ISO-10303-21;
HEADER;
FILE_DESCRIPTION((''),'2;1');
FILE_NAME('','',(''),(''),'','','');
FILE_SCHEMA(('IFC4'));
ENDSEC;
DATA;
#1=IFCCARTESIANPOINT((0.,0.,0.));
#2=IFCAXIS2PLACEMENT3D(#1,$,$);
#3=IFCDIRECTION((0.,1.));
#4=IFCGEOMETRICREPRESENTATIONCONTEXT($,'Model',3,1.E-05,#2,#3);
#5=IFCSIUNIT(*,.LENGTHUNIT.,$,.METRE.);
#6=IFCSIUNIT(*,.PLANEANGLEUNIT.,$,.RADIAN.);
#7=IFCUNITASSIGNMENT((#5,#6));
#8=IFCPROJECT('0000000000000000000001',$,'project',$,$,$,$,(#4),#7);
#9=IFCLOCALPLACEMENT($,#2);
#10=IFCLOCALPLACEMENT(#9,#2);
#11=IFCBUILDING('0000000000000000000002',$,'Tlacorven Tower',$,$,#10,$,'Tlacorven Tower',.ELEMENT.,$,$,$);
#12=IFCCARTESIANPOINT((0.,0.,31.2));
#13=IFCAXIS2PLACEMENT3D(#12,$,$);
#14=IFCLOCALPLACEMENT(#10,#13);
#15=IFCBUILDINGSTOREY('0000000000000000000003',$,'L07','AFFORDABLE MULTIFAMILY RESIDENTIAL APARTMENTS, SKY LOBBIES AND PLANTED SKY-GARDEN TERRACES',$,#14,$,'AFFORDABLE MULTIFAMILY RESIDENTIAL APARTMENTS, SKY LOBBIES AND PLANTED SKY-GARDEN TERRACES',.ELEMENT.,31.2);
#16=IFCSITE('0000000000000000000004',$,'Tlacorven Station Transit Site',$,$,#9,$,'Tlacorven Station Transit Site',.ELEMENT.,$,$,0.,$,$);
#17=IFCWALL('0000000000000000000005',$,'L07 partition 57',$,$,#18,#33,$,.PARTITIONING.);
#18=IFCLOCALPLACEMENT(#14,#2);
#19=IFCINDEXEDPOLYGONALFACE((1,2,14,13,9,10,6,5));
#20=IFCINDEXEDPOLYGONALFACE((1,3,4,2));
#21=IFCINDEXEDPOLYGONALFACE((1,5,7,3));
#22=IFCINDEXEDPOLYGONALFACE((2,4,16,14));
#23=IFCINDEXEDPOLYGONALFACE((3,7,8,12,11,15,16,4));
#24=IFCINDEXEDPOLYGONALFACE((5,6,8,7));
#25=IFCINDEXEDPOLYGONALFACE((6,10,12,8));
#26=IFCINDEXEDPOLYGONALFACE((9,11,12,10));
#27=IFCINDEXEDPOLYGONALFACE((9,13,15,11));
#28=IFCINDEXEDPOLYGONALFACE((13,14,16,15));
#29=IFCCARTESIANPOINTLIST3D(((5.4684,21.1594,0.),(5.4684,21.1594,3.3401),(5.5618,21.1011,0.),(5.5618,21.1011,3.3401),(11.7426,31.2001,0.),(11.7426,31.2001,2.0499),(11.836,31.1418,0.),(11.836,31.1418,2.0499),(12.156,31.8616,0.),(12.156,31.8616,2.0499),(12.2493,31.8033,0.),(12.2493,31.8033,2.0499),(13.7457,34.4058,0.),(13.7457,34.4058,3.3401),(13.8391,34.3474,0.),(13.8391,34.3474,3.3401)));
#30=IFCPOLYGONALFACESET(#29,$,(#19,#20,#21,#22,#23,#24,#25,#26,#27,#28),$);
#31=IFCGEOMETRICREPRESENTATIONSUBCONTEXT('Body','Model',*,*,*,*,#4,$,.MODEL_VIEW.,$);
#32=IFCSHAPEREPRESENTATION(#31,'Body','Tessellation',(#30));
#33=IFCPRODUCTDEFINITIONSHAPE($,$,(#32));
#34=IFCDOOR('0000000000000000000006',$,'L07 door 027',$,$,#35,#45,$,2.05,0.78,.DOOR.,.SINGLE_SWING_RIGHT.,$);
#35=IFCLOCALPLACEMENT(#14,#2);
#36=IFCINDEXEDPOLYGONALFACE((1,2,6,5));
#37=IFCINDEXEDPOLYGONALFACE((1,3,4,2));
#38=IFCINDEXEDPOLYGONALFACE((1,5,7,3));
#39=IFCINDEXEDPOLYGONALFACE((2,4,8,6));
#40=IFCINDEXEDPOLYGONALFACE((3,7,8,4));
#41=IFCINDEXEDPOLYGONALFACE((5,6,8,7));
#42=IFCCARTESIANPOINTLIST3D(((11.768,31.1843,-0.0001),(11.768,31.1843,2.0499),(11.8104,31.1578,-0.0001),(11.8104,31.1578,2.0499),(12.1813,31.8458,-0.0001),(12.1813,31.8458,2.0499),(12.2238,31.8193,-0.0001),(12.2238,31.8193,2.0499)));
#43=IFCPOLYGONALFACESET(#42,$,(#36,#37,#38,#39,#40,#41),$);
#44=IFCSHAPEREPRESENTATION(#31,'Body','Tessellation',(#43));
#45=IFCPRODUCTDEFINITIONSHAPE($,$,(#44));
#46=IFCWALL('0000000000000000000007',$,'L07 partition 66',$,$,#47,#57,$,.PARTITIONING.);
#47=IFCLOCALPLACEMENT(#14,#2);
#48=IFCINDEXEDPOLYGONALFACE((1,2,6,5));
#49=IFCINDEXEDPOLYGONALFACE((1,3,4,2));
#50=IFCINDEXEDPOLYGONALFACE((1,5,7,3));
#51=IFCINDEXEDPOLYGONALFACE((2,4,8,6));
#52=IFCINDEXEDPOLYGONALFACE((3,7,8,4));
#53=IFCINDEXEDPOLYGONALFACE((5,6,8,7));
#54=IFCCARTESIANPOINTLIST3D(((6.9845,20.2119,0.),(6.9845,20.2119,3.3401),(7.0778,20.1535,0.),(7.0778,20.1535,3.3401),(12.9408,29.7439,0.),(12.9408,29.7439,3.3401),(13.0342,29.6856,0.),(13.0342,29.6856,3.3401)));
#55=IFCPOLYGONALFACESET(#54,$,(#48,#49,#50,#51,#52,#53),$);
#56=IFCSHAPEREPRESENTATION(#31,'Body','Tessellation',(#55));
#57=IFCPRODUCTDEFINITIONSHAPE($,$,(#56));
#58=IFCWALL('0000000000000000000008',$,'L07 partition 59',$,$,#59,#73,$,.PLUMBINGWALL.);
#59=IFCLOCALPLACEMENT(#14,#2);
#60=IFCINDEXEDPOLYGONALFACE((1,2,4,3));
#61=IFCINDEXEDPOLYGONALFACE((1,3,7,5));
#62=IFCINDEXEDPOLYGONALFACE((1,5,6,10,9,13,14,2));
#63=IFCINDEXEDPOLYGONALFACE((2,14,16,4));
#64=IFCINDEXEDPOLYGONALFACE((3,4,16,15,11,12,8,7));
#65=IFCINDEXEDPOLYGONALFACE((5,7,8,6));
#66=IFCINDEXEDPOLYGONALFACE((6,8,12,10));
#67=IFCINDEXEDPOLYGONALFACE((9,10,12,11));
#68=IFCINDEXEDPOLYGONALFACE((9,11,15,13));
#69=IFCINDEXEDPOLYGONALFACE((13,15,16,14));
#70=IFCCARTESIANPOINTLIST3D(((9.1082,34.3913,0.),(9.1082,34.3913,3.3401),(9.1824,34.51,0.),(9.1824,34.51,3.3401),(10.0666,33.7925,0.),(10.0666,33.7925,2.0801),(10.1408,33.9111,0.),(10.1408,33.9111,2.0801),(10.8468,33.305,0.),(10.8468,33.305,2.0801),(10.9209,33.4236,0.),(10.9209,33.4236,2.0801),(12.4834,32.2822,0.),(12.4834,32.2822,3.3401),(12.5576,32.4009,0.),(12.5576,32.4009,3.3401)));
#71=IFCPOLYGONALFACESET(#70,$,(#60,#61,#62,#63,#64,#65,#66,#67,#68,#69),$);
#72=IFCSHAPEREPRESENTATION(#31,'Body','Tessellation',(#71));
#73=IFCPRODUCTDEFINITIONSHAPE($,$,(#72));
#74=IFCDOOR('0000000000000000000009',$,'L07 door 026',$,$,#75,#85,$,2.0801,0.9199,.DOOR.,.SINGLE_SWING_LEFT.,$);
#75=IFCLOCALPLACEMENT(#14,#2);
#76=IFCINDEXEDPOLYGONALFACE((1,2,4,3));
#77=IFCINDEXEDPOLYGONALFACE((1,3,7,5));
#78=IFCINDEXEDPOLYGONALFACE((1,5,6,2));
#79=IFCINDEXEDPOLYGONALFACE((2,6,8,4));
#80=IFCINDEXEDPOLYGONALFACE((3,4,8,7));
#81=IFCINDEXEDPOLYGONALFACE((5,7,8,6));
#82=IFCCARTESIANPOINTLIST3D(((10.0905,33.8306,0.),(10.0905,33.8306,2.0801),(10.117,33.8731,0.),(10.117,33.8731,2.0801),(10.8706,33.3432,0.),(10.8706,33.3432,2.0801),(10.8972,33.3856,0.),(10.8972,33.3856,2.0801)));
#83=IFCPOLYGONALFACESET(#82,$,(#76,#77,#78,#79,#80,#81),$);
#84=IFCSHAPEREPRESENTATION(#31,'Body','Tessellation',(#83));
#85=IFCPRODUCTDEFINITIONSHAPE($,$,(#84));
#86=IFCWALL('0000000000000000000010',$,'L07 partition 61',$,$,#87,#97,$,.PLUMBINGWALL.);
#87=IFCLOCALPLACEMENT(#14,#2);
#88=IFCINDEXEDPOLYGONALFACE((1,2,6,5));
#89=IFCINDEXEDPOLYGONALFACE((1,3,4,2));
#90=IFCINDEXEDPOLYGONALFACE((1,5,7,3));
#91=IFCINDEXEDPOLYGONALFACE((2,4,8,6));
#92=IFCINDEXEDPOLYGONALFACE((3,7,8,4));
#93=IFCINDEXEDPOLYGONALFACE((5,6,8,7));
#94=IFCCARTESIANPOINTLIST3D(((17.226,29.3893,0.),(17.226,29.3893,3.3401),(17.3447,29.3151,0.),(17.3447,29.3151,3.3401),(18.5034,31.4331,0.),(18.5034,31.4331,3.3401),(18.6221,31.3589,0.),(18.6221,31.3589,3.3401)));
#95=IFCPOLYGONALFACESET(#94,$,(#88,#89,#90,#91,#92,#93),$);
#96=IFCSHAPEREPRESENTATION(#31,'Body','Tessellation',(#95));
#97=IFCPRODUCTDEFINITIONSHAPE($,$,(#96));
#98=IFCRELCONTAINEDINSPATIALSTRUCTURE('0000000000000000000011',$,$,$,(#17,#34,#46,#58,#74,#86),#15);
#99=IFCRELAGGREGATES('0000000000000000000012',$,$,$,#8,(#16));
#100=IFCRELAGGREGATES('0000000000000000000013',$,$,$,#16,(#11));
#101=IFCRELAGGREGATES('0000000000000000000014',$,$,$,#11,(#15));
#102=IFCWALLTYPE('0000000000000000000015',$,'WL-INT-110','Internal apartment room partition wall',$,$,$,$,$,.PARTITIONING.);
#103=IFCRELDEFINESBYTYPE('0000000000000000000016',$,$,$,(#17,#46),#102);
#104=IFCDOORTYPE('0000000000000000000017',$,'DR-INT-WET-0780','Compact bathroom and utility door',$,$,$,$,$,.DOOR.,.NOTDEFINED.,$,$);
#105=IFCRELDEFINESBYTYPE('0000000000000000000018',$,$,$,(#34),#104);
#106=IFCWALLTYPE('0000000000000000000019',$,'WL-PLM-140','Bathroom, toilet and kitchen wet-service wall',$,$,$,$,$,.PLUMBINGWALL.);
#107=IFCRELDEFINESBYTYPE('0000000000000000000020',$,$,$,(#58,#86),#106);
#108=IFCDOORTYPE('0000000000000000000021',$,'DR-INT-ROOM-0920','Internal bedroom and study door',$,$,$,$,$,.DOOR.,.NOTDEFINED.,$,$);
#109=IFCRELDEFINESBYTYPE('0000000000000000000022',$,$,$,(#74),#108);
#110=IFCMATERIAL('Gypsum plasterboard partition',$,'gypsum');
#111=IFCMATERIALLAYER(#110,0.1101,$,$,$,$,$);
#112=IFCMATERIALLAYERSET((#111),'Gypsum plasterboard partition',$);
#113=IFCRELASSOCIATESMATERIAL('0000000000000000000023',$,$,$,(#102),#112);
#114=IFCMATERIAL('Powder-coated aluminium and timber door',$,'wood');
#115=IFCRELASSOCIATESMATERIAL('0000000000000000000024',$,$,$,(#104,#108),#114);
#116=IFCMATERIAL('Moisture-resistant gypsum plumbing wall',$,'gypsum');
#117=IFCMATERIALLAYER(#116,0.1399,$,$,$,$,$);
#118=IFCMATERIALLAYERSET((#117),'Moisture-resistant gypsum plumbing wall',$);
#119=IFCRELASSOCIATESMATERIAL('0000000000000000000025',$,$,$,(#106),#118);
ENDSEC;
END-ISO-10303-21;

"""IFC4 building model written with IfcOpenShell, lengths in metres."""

from ifc_helpers import new_model, si_unit, direction, frame, frame_2d, origin, place, context, subcontext, project, spatial, rectangle, extrude, source, transform, mapped, material, layer, layer_set, type_object, element, fill, save


model = new_model("IFC4")

# Units and contexts
model_context = context("Model", 3, precision=1e-05, world=origin(), true_north=direction((0.0, 1.0)))
body_context = subcontext(model_context, "Body", "Model", "MODEL_VIEW")
ifc_project = project(units=[si_unit("LENGTHUNIT", "METRE"), si_unit("PLANEANGLEUNIT", "RADIAN")], contexts=[model_context])

# Site, building, storey
site_placement = place(None, origin())
site = spatial("IfcSite", under=ifc_project, at=site_placement, Name="Tlacorven Station Transit Site", LongName="Tlacorven Station Transit Site", CompositionType="ELEMENT", RefElevation=0.0)
building_placement = place(site_placement, origin())
building = spatial("IfcBuilding", under=site, at=building_placement, Name="Tlacorven Tower", LongName="Tlacorven Tower", CompositionType="ELEMENT")
storey_placement = place(building_placement, frame((0.0, 0.0, 31.2)))
storey = spatial("IfcBuildingStorey", under=building, at=storey_placement, Name="L07", Description="AFFORDABLE MULTIFAMILY RESIDENTIAL APARTMENTS, SKY LOBBIES AND PLANTED SKY-GARDEN TERRACES", LongName="AFFORDABLE MULTIFAMILY RESIDENTIAL APARTMENTS, SKY LOBBIES AND PLANTED SKY-GARDEN TERRACES", CompositionType="ELEMENT", Elevation=31.2)

# Wall, opening, door
ifc_material_1 = material(Name="Gypsum plasterboard partition", Category="gypsum")
ifc_layer_1 = layer(ifc_material_1, 0.1101)
ifc_layer_set_1 = layer_set([ifc_layer_1], Name="Gypsum plasterboard partition")
wall_type_1 = type_object("IfcWallType", Name="WL-INT-110", Description="Internal apartment room partition wall", PredefinedType="PARTITIONING", material=ifc_layer_set_1)
wall_1_placement = place(storey_placement, frame((13.7925, 34.3767, 0.0), z_axis=(0.0, 0.0, 1.0), x_axis=(-0.529924, -0.848045, 0.0)))
wall_1 = element("IfcWall", 1, at=wall_1_placement, inside=storey, type_object=wall_type_1, Name="L07 partition 57", PredefinedType="PARTITIONING", context=body_context, shape_type="SweptSolid", body=[
    extrude(rectangle(XDim=15.6199, YDim=0.1101, at=frame_2d((7.8101, 0.0))), origin(), (0.0, 0.0, 1.0), 3.3401),
])
opening_1_placement = place(wall_1_placement, frame((3.0, 0.0, 0.0)))
opening_1 = element("IfcOpeningElement", 2, at=opening_1_placement, cuts=wall_1, PredefinedType="OPENING", context=body_context, shape_type="SweptSolid", body=[
    extrude(rectangle(XDim=0.78, YDim=2.05, at=frame_2d((0.3901, 1.0249))), frame((0.0, 0.0649, 0.0), z_axis=(0.0, -1.0, 0.0), x_axis=(1.0, 0.0, 0.0)), (0.0, 0.0, 1.0), 0.1301),
])
ifc_material_2 = material(Name="Powder-coated aluminium and timber door", Category="wood")
door_type_1 = type_object("IfcDoorType", Name="DR-INT-WET-0780", Description="Compact bathroom and utility door", OperationType="NOTDEFINED", PredefinedType="DOOR", material=ifc_material_2)
shared_shape_1 = source(origin(), body_context, "Body", "SweptSolid", [
    extrude(rectangle(XDim=0.78, YDim=2.05, at=frame_2d((0.3901, 1.0249))), frame((0.0, 0.0249, 0.0), z_axis=(0.0, -1.0, 0.0), x_axis=(1.0, 0.0, 0.0)), (0.0, 0.0, 1.0), 0.05),
])
door_1_placement = place(opening_1_placement, origin())
door_1 = element("IfcDoor", 3, at=door_1_placement, inside=storey, type_object=door_type_1, Name="L07 door 027", OperationType="SINGLE_SWING_RIGHT", OverallHeight=2.05, OverallWidth=0.78, PredefinedType="DOOR", context=body_context, shape_type="MappedRepresentation", body=[
    mapped(shared_shape_1, transform((0.0, 0.0, 0.0), scale=1.0)),
])
fill(opening_1, door_1)

# Wall
wall_2_placement = place(storey_placement, frame((12.9875, 29.7148, 0.0), z_axis=(0.0, 0.0, 1.0), x_axis=(-0.529923, -0.848046, 0.0)))
element("IfcWall", 4, at=wall_2_placement, inside=storey, type_object=wall_type_1, Name="L07 partition 66", PredefinedType="PARTITIONING", context=body_context, shape_type="SweptSolid", body=[
    extrude(rectangle(XDim=11.24, YDim=0.1101, at=frame_2d((5.6201, 0.0))), origin(), (0.0, 0.0, 1.0), 3.3401),
])

# Wall, opening, door
ifc_material_3 = material(Name="Moisture-resistant gypsum plumbing wall", Category="gypsum")
ifc_layer_2 = layer(ifc_material_3, 0.1399)
ifc_layer_set_2 = layer_set([ifc_layer_2], Name="Moisture-resistant gypsum plumbing wall")
wall_type_2 = type_object("IfcWallType", Name="WL-PLM-140", Description="Bathroom, toilet and kitchen wet-service wall", PredefinedType="PLUMBINGWALL", material=ifc_layer_set_2)
wall_3_placement = place(storey_placement, frame((12.5205, 32.3416, 0.0), z_axis=(0.0, 0.0, 1.0), x_axis=(-0.848043, 0.529927, 0.0)))
wall_3 = element("IfcWall", 5, at=wall_3_placement, inside=storey, type_object=wall_type_2, Name="L07 partition 59", PredefinedType="PLUMBINGWALL", context=body_context, shape_type="SweptSolid", body=[
    extrude(rectangle(XDim=3.98, YDim=0.1399, at=frame_2d((1.99, 0.0))), origin(), (0.0, 0.0, 1.0), 3.3401),
])
opening_2_placement = place(wall_3_placement, frame((1.9299, 0.0, 0.0)))
opening_2 = element("IfcOpeningElement", 6, at=opening_2_placement, cuts=wall_3, PredefinedType="OPENING", context=body_context, shape_type="SweptSolid", body=[
    extrude(rectangle(XDim=0.9199, YDim=2.0801, at=frame_2d((0.46, 1.04))), frame((0.0, 0.0801, 0.0), z_axis=(0.0, -1.0, 0.0), x_axis=(1.0, 0.0, 0.0)), (0.0, 0.0, 1.0), 0.1599),
])
door_type_2 = type_object("IfcDoorType", Name="DR-INT-ROOM-0920", Description="Internal bedroom and study door", OperationType="NOTDEFINED", PredefinedType="DOOR", material=ifc_material_2)
shared_shape_2 = source(origin(), body_context, "Body", "SweptSolid", [
    extrude(rectangle(XDim=0.9199, YDim=2.0801, at=frame_2d((0.46, 1.04))), frame((0.0, 0.0249, 0.0), z_axis=(0.0, -1.0, 0.0), x_axis=(1.0, 0.0, 0.0)), (0.0, 0.0, 1.0), 0.05),
])
door_2_placement = place(opening_2_placement, origin())
door_2 = element("IfcDoor", 7, at=door_2_placement, inside=storey, type_object=door_type_2, Name="L07 door 026", OperationType="SINGLE_SWING_LEFT", OverallHeight=2.0801, OverallWidth=0.9199, PredefinedType="DOOR", context=body_context, shape_type="MappedRepresentation", body=[
    mapped(shared_shape_2, transform((0.0, 0.0, 0.0), scale=1.0)),
])
fill(opening_2, door_2)

# Wall
wall_4_placement = place(storey_placement, frame((18.5627, 31.396, 0.0), z_axis=(0.0, 0.0, 1.0), x_axis=(-0.530008, -0.847993, 0.0)))
element("IfcWall", 8, at=wall_4_placement, inside=storey, type_object=wall_type_2, Name="L07 partition 61", PredefinedType="PLUMBINGWALL", context=body_context, shape_type="SweptSolid", body=[
    extrude(rectangle(XDim=2.4102, YDim=0.1399, at=frame_2d((1.2051, 0.0))), origin(), (0.0, 0.0, 1.0), 3.3401),
])

save(model, "model.ifc")
